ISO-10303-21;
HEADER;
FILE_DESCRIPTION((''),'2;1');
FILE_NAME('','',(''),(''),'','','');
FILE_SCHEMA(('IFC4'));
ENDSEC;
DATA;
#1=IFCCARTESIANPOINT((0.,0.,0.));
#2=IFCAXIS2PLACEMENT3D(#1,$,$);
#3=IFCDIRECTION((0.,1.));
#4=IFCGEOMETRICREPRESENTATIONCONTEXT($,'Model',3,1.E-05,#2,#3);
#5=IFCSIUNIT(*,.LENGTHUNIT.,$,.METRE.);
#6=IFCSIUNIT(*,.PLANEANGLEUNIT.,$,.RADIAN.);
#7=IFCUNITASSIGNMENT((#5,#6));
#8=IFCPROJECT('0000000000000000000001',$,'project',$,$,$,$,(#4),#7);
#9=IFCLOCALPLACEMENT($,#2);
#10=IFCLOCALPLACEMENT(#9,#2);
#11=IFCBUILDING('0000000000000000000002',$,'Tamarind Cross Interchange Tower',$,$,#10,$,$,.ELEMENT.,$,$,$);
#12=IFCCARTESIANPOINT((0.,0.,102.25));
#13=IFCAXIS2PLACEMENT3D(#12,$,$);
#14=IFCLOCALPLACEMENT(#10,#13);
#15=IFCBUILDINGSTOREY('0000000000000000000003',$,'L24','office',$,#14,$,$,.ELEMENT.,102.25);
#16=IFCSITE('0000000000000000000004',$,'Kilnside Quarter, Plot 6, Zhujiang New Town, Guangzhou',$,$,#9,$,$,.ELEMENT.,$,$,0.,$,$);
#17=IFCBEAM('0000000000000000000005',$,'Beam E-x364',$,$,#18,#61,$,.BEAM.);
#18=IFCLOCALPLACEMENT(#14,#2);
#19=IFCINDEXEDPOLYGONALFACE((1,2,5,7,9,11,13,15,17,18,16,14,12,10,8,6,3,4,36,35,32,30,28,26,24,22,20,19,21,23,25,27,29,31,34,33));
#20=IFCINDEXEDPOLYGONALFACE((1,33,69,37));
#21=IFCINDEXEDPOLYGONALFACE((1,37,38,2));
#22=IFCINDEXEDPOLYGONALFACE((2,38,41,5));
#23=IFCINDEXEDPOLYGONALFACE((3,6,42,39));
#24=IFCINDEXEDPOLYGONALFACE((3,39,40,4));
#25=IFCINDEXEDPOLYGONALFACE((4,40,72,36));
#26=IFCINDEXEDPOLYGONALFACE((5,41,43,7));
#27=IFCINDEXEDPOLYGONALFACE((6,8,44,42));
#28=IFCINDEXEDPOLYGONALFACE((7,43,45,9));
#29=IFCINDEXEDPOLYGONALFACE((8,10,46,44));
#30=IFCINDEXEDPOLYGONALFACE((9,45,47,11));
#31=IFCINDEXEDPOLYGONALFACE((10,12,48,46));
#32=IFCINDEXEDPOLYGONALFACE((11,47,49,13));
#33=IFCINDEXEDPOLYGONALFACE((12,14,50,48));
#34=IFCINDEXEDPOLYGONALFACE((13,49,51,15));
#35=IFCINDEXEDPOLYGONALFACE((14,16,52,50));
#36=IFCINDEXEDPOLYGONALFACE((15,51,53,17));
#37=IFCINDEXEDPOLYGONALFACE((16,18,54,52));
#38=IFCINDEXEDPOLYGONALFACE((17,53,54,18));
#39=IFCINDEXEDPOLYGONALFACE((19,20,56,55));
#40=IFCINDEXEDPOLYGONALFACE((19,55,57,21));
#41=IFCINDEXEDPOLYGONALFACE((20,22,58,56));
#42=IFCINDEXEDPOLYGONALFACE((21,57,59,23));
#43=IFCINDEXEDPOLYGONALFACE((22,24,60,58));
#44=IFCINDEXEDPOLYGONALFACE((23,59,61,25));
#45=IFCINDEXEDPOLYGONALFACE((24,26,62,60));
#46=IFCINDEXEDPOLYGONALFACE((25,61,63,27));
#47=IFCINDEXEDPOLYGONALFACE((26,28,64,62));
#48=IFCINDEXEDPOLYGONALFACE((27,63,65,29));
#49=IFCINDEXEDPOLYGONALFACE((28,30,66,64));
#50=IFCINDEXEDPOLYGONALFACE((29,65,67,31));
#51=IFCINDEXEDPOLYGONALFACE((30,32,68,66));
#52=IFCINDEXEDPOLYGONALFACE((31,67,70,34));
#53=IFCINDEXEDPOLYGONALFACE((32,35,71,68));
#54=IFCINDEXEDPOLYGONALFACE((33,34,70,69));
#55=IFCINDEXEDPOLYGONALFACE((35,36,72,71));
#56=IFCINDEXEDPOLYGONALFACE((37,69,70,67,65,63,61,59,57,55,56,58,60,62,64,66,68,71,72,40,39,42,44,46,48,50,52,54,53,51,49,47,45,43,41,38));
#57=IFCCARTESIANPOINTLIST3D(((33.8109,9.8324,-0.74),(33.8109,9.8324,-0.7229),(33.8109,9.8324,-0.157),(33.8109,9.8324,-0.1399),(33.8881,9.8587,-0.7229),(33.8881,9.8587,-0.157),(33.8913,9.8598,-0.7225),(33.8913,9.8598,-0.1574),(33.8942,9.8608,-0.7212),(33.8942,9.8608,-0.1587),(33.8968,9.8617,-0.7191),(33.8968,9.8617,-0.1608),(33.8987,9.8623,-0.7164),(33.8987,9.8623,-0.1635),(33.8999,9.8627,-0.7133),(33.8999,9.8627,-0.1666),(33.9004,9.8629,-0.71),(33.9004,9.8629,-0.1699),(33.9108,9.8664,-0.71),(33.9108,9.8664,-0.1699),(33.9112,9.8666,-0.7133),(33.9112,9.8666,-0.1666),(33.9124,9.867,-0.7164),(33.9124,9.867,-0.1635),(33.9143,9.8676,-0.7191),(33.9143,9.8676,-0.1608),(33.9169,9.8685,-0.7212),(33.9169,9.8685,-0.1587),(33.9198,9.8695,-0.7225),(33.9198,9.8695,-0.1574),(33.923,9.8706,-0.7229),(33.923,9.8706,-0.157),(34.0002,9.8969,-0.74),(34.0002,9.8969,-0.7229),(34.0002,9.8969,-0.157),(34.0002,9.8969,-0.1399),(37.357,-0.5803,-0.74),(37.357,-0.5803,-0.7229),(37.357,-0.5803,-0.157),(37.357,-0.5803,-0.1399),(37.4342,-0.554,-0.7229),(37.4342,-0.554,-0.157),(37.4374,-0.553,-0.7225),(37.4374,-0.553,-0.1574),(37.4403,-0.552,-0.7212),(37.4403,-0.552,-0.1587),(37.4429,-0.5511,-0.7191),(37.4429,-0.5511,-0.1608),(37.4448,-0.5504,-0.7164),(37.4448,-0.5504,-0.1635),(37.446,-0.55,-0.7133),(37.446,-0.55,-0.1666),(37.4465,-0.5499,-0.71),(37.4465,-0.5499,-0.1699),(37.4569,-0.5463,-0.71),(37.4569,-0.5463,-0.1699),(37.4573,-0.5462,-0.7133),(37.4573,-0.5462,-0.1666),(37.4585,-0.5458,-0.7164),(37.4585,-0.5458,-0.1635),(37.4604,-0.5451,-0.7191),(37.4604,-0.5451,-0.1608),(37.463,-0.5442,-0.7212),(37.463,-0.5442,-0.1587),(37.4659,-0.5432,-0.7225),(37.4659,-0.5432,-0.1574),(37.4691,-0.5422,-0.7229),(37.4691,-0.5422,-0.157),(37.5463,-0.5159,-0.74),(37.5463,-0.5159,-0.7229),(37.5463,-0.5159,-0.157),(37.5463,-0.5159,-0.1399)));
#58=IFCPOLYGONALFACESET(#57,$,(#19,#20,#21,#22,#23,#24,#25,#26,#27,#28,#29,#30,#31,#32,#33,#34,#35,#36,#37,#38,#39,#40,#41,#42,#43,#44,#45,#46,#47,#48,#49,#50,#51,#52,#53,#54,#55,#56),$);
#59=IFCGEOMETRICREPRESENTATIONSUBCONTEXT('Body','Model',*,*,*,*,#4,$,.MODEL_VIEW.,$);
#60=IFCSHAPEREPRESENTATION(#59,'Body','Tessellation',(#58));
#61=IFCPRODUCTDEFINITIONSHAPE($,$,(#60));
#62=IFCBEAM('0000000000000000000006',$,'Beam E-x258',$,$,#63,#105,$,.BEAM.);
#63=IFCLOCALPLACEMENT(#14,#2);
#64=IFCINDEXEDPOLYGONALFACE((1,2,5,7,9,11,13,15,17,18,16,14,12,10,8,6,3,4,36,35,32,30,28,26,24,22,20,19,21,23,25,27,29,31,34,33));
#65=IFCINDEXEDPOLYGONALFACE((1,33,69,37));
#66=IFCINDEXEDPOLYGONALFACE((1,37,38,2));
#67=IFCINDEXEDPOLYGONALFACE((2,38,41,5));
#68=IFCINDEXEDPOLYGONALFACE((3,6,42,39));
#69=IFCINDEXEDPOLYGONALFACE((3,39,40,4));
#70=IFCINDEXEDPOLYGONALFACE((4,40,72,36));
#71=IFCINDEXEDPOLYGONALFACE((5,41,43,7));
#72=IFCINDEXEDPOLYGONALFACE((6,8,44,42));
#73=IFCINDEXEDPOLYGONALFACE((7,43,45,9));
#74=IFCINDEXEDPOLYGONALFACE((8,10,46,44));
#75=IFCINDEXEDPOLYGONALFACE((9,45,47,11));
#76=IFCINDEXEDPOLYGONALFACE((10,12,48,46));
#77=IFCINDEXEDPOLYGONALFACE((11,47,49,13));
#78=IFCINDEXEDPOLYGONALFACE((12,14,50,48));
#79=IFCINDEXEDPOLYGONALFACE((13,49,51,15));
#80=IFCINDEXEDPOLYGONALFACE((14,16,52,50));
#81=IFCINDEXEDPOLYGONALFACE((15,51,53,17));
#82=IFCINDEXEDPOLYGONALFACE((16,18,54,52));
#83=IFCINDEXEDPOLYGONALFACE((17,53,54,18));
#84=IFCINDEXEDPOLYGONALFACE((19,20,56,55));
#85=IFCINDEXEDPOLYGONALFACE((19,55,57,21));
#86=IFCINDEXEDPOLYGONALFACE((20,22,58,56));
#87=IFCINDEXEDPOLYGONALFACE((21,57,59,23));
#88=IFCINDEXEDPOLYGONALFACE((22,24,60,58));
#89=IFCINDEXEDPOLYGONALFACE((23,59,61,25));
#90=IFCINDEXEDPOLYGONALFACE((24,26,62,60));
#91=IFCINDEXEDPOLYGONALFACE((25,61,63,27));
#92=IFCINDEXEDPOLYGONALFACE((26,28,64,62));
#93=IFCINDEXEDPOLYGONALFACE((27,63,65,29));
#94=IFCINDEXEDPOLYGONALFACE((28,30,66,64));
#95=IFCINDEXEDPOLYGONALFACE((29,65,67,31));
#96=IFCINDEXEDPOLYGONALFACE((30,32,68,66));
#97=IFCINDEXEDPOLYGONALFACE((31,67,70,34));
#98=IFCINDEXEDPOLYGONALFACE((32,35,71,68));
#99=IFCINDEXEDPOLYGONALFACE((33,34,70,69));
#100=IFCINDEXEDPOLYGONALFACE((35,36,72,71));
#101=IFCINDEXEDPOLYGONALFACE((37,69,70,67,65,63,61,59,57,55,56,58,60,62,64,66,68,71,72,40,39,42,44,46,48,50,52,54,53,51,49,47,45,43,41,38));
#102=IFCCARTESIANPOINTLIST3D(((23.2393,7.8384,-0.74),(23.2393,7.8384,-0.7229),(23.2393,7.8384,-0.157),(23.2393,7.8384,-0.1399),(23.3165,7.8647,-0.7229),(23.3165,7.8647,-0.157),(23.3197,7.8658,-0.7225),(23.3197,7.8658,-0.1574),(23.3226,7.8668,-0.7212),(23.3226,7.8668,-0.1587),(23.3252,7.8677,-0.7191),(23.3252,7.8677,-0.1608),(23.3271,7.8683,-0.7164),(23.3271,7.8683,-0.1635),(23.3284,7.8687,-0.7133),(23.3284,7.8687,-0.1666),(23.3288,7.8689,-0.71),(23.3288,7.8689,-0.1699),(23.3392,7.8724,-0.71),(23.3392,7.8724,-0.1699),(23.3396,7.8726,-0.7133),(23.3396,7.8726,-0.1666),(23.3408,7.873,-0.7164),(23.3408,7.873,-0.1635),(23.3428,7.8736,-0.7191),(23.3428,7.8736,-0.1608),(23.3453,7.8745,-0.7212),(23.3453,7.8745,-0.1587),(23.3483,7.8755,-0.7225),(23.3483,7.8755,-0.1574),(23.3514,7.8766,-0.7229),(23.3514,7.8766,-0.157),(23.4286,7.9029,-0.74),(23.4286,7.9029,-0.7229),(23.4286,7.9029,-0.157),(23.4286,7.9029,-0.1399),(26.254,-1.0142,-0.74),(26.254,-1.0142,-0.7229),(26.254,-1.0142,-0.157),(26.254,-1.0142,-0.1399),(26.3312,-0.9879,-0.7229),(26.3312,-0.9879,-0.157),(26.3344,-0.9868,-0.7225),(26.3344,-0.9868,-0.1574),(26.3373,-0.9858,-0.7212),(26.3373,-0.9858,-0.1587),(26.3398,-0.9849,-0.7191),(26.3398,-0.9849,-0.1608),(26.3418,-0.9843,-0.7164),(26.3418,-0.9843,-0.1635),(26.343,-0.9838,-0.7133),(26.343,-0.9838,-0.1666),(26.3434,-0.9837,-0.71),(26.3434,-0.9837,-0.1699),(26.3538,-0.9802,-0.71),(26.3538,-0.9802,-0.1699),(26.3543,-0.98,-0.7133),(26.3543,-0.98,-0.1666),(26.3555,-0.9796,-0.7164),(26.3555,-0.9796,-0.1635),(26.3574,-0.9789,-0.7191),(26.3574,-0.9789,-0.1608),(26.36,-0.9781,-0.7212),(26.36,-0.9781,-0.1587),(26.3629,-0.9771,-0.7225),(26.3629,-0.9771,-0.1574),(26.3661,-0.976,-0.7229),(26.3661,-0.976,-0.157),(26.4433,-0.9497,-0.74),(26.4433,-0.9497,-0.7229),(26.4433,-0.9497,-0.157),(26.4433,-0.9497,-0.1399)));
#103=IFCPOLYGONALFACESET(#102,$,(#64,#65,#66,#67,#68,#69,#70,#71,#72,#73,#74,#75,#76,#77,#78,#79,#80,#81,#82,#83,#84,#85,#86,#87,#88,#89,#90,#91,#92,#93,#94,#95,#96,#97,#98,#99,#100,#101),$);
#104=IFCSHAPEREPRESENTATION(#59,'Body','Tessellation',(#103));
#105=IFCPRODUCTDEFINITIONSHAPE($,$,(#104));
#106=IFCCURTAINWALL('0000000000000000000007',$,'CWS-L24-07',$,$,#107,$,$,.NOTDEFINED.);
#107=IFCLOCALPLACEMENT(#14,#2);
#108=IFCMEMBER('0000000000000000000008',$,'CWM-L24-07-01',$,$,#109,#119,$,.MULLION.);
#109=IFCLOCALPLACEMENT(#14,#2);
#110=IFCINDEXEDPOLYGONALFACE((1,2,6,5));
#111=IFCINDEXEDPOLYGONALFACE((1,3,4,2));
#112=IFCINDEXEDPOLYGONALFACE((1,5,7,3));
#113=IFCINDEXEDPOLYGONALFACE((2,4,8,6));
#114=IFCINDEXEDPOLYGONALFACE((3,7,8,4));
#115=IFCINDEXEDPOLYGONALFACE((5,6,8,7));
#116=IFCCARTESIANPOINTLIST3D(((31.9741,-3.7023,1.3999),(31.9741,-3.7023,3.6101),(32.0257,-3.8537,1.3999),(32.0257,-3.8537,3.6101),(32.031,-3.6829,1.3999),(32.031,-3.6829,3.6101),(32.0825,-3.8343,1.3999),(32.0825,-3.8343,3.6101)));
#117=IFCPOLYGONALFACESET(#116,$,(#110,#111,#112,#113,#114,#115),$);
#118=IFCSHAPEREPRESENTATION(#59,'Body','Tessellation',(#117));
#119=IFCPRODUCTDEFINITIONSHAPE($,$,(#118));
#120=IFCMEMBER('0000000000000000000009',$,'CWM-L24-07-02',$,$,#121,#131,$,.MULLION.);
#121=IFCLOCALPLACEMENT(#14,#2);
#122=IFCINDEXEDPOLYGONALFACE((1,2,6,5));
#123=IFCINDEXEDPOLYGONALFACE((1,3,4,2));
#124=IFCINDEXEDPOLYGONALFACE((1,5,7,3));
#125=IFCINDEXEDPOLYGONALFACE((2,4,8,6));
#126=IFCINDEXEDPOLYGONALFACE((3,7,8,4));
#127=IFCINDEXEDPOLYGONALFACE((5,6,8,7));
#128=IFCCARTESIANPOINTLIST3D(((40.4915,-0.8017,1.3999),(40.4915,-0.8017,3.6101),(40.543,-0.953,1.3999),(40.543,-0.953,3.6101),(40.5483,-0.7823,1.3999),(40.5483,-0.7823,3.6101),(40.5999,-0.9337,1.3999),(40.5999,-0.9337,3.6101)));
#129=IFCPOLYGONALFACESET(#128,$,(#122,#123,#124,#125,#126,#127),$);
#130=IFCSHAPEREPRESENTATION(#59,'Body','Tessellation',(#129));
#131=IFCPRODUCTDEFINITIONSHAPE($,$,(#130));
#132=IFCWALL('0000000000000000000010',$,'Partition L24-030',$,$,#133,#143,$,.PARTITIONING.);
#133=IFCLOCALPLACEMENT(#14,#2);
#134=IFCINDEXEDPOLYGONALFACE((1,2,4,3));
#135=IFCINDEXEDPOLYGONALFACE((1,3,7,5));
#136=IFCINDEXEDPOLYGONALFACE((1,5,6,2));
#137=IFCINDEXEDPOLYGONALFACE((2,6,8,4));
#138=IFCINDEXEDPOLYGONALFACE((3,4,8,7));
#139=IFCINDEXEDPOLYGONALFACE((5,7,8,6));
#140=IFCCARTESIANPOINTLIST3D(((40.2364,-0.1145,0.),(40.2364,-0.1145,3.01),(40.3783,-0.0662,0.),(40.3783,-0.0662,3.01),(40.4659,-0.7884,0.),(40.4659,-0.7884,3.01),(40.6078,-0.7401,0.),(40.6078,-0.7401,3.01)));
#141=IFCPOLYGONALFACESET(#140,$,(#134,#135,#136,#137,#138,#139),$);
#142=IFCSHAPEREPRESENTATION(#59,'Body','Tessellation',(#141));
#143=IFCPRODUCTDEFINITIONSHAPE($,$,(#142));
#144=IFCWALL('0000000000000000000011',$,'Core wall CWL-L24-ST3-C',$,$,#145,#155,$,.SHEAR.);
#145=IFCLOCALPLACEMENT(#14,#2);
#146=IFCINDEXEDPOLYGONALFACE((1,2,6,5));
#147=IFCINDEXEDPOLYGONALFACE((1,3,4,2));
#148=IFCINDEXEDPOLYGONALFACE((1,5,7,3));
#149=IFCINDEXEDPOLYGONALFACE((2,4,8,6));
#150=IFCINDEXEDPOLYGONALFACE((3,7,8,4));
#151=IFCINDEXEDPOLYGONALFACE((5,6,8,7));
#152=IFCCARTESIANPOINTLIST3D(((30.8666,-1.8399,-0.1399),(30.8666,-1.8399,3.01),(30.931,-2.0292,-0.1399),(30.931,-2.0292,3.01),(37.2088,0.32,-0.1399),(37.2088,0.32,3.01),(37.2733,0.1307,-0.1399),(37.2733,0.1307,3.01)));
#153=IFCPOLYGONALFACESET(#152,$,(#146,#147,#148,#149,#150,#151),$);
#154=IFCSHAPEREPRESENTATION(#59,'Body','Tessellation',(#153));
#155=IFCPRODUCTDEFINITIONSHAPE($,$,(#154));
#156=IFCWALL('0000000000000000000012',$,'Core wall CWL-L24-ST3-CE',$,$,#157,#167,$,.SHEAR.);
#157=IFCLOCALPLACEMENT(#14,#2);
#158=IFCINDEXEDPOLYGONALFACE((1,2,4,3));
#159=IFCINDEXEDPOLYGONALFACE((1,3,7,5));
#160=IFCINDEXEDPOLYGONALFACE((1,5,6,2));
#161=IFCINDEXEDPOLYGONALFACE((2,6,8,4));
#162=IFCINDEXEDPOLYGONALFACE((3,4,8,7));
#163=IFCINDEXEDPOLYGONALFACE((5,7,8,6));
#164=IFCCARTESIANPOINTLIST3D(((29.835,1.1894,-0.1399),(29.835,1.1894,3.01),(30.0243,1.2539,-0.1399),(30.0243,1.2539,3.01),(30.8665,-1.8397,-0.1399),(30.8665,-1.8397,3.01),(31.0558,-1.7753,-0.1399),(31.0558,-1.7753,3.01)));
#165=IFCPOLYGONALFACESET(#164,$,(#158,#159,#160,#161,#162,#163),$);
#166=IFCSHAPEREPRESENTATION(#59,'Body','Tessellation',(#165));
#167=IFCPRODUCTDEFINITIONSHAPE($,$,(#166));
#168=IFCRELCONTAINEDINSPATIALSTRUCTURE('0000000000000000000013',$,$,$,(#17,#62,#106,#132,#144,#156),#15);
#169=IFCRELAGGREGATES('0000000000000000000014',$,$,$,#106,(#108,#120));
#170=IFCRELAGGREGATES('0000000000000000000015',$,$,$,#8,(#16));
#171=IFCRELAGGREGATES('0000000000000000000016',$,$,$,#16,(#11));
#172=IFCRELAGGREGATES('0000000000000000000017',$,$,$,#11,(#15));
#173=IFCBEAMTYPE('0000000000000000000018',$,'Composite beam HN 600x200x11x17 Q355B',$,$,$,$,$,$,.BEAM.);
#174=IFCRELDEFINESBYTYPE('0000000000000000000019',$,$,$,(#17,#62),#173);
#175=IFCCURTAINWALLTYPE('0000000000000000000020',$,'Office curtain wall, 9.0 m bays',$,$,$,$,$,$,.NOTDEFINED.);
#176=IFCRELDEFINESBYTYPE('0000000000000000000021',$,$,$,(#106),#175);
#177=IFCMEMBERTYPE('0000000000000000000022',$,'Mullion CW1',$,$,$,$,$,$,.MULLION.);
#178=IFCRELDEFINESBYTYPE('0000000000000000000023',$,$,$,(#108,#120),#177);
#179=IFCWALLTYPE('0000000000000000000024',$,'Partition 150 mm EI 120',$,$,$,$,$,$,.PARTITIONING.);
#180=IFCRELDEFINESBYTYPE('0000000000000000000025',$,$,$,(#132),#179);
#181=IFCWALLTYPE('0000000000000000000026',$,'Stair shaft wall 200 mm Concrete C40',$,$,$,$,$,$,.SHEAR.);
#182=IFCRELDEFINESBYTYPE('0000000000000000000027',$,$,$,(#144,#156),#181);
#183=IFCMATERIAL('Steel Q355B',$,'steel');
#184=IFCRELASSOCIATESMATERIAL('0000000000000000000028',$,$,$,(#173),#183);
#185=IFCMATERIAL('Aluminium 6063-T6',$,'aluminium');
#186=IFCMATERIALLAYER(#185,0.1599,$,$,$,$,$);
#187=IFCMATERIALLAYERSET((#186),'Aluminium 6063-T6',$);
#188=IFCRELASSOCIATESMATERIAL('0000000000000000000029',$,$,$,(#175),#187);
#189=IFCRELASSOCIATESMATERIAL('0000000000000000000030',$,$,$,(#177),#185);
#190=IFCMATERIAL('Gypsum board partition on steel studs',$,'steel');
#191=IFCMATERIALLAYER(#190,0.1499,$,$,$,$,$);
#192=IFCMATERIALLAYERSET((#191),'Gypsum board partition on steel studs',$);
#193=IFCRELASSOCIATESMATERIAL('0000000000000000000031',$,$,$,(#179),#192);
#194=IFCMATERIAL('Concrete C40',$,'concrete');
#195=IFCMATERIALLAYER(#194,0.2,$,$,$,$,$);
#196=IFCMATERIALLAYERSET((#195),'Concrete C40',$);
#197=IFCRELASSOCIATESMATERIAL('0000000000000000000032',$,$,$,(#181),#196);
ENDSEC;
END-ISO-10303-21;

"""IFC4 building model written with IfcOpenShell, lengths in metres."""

from ifc_helpers import new_model, si_unit, direction, frame, frame_2d, origin, origin_2d, place, context, subcontext, project, spatial, rectangle, i_section, extrude, material, layer, layer_set, material_profile, profile_set, type_object, element, aggregate, save


model = new_model("IFC4")

# Units and contexts
model_context = context("Model", 3, precision=1e-05, world=origin(), true_north=direction((0.0, 1.0)))
body_context = subcontext(model_context, "Body", "Model", "MODEL_VIEW")
ifc_project = project(units=[si_unit("LENGTHUNIT", "METRE"), si_unit("PLANEANGLEUNIT", "RADIAN")], contexts=[model_context])

# Site, building, storey
site_placement = place(None, origin())
site = spatial("IfcSite", under=ifc_project, at=site_placement, Name="Kilnside Quarter, Plot 6, Zhujiang New Town, Guangzhou", CompositionType="ELEMENT", RefElevation=0.0)
building_placement = place(site_placement, origin())
building = spatial("IfcBuilding", under=site, at=building_placement, Name="Tamarind Cross Interchange Tower", CompositionType="ELEMENT")
storey_placement = place(building_placement, frame((0.0, 0.0, 102.25)))
storey = spatial("IfcBuildingStorey", under=building, at=storey_placement, Name="L24", Description="office", CompositionType="ELEMENT", Elevation=102.25)

# Beams
ifc_material_1 = material(Name="Steel Q355B", Category="steel")
ifc_material_profile_1 = material_profile(ifc_material_1, i_section(OverallWidth=0.2, OverallDepth=0.6001, WebThickness=0.011, FlangeThickness=0.0171, FilletRadius=0.0129, at=origin_2d()), Name="HN 600x200x11x17")
ifc_profile_set_1 = profile_set([ifc_material_profile_1], Name="Steel Q355B")
beam_type_1 = type_object("IfcBeamType", Name="Composite beam HN 600x200x11x17 Q355B", PredefinedType="BEAM", material=ifc_profile_set_1)
beam_1_placement = place(storey_placement, frame((37.4517, -0.5481, -0.4399), z_axis=(-0.322373, 0.946613, 0.0), x_axis=(-0.946613, -0.322373, 0.0)))
element("IfcBeam", 1, at=beam_1_placement, inside=storey, type_object=beam_type_1, Name="Beam E-x364", PredefinedType="BEAM", context=body_context, shape_type="SweptSolid", body=[
    extrude(i_section(OverallWidth=0.2, OverallDepth=0.6001, WebThickness=0.011, FlangeThickness=0.0171, FilletRadius=0.0129, at=origin_2d()), origin(), (0.0, 0.0, 1.0), 11.0),
])
beam_2_placement = place(storey_placement, frame((26.3486, -0.9819, -0.4399), z_axis=(-0.322361, 0.946617, 0.0), x_axis=(-0.946617, -0.322361, 0.0)))
element("IfcBeam", 2, at=beam_2_placement, inside=storey, type_object=beam_type_1, Name="Beam E-x258", PredefinedType="BEAM", context=body_context, shape_type="SweptSolid", body=[
    extrude(i_section(OverallWidth=0.2, OverallDepth=0.6001, WebThickness=0.011, FlangeThickness=0.0171, FilletRadius=0.0129, at=origin_2d()), origin(), (0.0, 0.0, 1.0), 9.3518),
])

# Curtain wall, members
ifc_material_2 = material(Name="Aluminium 6063-T6", Category="aluminium")
ifc_layer_1 = layer(ifc_material_2, 0.1599)
ifc_layer_set_1 = layer_set([ifc_layer_1], Name="Aluminium 6063-T6")
curtain_wall_type = type_object("IfcCurtainWallType", Name="Office curtain wall, 9.0 m bays", PredefinedType="NOTDEFINED", material=ifc_layer_set_1)
curtain_wall_placement = place(storey_placement, origin())
curtain_wall = element("IfcCurtainWall", 3, at=curtain_wall_placement, inside=storey, type_object=curtain_wall_type, Name="CWS-L24-07", PredefinedType="NOTDEFINED")
ifc_material_profile_2 = material_profile(ifc_material_2, rectangle(XDim=0.0601, YDim=0.1599, at=origin_2d()), Name="Mullion CW1")
ifc_profile_set_2 = profile_set([ifc_material_profile_2], Name="Aluminium 6063-T6")
member_type = type_object("IfcMemberType", Name="Mullion CW1", PredefinedType="MULLION", material=ifc_profile_set_2)
member_1_placement = place(storey_placement, frame((32.0283, -3.7683, 1.3999), z_axis=(0.0, 0.0, 1.0), x_axis=(0.946613, 0.322371, 0.0)))
member_1 = element("IfcMember", 4, at=member_1_placement, type_object=member_type, Name="CWM-L24-07-01", PredefinedType="MULLION", context=body_context, shape_type="SweptSolid", body=[
    extrude(rectangle(XDim=0.0601, YDim=0.1599, at=origin_2d()), origin(), (0.0, 0.0, 1.0), 2.2102),
])
member_2_placement = place(storey_placement, frame((40.5457, -0.8677, 1.3999), z_axis=(0.0, 0.0, 1.0), x_axis=(0.946613, 0.322371, 0.0)))
member_2 = element("IfcMember", 5, at=member_2_placement, type_object=member_type, Name="CWM-L24-07-02", PredefinedType="MULLION", context=body_context, shape_type="SweptSolid", body=[
    extrude(rectangle(XDim=0.0601, YDim=0.1599, at=origin_2d()), origin(), (0.0, 0.0, 1.0), 2.2102),
])
aggregate(curtain_wall, [member_1, member_2])

# Walls
ifc_material_3 = material(Name="Gypsum board partition on steel studs", Category="steel")
ifc_layer_2 = layer(ifc_material_3, 0.1499)
ifc_layer_set_2 = layer_set([ifc_layer_2], Name="Gypsum board partition on steel studs")
wall_type_1 = type_object("IfcWallType", Name="Partition 150 mm EI 120", PredefinedType="PARTITIONING", material=ifc_layer_set_2)
wall_1_placement = place(storey_placement, frame((40.3074, -0.0903, 0.0), z_axis=(0.0, 0.0, 1.0), x_axis=(0.322395, -0.946605, 0.0)))
element("IfcWall", 6, at=wall_1_placement, inside=storey, type_object=wall_type_1, Name="Partition L24-030", PredefinedType="PARTITIONING", context=body_context, shape_type="SweptSolid", body=[
    extrude(rectangle(XDim=0.7119, YDim=0.1499, at=frame_2d((0.356, 0.0))), origin(), (0.0, 0.0, 1.0), 3.01),
])
ifc_material_4 = material(Name="Concrete C40", Category="concrete")
ifc_layer_3 = layer(ifc_material_4, 0.2)
ifc_layer_set_3 = layer_set([ifc_layer_3], Name="Concrete C40")
wall_type_2 = type_object("IfcWallType", Name="Stair shaft wall 200 mm Concrete C40", PredefinedType="SHEAR", material=ifc_layer_set_3)
wall_2_placement = place(storey_placement, frame((30.8987, -1.9346, -0.1399), z_axis=(0.0, 0.0, 1.0), x_axis=(0.946612, 0.322376, 0.0)))
element("IfcWall", 7, at=wall_2_placement, inside=storey, type_object=wall_type_2, Name="Core wall CWL-L24-ST3-C", PredefinedType="SHEAR", context=body_context, shape_type="SweptSolid", body=[
    extrude(rectangle(XDim=6.7, YDim=0.2, at=frame_2d((3.3501, 0.0))), origin(), (0.0, 0.0, 1.0), 3.1499),
])
wall_3_placement = place(storey_placement, frame((30.9612, -1.8076, -0.1399), z_axis=(0.0, 0.0, 1.0), x_axis=(-0.322355, 0.946619, 0.0)))
element("IfcWall", 8, at=wall_3_placement, inside=storey, type_object=wall_type_2, Name="Core wall CWL-L24-ST3-CE", PredefinedType="SHEAR", context=body_context, shape_type="SweptSolid", body=[
    extrude(rectangle(XDim=3.2, YDim=0.2, at=frame_2d((1.6001, 0.0))), origin(), (0.0, 0.0, 1.0), 3.1499),
])

save(model, "model.ifc")
